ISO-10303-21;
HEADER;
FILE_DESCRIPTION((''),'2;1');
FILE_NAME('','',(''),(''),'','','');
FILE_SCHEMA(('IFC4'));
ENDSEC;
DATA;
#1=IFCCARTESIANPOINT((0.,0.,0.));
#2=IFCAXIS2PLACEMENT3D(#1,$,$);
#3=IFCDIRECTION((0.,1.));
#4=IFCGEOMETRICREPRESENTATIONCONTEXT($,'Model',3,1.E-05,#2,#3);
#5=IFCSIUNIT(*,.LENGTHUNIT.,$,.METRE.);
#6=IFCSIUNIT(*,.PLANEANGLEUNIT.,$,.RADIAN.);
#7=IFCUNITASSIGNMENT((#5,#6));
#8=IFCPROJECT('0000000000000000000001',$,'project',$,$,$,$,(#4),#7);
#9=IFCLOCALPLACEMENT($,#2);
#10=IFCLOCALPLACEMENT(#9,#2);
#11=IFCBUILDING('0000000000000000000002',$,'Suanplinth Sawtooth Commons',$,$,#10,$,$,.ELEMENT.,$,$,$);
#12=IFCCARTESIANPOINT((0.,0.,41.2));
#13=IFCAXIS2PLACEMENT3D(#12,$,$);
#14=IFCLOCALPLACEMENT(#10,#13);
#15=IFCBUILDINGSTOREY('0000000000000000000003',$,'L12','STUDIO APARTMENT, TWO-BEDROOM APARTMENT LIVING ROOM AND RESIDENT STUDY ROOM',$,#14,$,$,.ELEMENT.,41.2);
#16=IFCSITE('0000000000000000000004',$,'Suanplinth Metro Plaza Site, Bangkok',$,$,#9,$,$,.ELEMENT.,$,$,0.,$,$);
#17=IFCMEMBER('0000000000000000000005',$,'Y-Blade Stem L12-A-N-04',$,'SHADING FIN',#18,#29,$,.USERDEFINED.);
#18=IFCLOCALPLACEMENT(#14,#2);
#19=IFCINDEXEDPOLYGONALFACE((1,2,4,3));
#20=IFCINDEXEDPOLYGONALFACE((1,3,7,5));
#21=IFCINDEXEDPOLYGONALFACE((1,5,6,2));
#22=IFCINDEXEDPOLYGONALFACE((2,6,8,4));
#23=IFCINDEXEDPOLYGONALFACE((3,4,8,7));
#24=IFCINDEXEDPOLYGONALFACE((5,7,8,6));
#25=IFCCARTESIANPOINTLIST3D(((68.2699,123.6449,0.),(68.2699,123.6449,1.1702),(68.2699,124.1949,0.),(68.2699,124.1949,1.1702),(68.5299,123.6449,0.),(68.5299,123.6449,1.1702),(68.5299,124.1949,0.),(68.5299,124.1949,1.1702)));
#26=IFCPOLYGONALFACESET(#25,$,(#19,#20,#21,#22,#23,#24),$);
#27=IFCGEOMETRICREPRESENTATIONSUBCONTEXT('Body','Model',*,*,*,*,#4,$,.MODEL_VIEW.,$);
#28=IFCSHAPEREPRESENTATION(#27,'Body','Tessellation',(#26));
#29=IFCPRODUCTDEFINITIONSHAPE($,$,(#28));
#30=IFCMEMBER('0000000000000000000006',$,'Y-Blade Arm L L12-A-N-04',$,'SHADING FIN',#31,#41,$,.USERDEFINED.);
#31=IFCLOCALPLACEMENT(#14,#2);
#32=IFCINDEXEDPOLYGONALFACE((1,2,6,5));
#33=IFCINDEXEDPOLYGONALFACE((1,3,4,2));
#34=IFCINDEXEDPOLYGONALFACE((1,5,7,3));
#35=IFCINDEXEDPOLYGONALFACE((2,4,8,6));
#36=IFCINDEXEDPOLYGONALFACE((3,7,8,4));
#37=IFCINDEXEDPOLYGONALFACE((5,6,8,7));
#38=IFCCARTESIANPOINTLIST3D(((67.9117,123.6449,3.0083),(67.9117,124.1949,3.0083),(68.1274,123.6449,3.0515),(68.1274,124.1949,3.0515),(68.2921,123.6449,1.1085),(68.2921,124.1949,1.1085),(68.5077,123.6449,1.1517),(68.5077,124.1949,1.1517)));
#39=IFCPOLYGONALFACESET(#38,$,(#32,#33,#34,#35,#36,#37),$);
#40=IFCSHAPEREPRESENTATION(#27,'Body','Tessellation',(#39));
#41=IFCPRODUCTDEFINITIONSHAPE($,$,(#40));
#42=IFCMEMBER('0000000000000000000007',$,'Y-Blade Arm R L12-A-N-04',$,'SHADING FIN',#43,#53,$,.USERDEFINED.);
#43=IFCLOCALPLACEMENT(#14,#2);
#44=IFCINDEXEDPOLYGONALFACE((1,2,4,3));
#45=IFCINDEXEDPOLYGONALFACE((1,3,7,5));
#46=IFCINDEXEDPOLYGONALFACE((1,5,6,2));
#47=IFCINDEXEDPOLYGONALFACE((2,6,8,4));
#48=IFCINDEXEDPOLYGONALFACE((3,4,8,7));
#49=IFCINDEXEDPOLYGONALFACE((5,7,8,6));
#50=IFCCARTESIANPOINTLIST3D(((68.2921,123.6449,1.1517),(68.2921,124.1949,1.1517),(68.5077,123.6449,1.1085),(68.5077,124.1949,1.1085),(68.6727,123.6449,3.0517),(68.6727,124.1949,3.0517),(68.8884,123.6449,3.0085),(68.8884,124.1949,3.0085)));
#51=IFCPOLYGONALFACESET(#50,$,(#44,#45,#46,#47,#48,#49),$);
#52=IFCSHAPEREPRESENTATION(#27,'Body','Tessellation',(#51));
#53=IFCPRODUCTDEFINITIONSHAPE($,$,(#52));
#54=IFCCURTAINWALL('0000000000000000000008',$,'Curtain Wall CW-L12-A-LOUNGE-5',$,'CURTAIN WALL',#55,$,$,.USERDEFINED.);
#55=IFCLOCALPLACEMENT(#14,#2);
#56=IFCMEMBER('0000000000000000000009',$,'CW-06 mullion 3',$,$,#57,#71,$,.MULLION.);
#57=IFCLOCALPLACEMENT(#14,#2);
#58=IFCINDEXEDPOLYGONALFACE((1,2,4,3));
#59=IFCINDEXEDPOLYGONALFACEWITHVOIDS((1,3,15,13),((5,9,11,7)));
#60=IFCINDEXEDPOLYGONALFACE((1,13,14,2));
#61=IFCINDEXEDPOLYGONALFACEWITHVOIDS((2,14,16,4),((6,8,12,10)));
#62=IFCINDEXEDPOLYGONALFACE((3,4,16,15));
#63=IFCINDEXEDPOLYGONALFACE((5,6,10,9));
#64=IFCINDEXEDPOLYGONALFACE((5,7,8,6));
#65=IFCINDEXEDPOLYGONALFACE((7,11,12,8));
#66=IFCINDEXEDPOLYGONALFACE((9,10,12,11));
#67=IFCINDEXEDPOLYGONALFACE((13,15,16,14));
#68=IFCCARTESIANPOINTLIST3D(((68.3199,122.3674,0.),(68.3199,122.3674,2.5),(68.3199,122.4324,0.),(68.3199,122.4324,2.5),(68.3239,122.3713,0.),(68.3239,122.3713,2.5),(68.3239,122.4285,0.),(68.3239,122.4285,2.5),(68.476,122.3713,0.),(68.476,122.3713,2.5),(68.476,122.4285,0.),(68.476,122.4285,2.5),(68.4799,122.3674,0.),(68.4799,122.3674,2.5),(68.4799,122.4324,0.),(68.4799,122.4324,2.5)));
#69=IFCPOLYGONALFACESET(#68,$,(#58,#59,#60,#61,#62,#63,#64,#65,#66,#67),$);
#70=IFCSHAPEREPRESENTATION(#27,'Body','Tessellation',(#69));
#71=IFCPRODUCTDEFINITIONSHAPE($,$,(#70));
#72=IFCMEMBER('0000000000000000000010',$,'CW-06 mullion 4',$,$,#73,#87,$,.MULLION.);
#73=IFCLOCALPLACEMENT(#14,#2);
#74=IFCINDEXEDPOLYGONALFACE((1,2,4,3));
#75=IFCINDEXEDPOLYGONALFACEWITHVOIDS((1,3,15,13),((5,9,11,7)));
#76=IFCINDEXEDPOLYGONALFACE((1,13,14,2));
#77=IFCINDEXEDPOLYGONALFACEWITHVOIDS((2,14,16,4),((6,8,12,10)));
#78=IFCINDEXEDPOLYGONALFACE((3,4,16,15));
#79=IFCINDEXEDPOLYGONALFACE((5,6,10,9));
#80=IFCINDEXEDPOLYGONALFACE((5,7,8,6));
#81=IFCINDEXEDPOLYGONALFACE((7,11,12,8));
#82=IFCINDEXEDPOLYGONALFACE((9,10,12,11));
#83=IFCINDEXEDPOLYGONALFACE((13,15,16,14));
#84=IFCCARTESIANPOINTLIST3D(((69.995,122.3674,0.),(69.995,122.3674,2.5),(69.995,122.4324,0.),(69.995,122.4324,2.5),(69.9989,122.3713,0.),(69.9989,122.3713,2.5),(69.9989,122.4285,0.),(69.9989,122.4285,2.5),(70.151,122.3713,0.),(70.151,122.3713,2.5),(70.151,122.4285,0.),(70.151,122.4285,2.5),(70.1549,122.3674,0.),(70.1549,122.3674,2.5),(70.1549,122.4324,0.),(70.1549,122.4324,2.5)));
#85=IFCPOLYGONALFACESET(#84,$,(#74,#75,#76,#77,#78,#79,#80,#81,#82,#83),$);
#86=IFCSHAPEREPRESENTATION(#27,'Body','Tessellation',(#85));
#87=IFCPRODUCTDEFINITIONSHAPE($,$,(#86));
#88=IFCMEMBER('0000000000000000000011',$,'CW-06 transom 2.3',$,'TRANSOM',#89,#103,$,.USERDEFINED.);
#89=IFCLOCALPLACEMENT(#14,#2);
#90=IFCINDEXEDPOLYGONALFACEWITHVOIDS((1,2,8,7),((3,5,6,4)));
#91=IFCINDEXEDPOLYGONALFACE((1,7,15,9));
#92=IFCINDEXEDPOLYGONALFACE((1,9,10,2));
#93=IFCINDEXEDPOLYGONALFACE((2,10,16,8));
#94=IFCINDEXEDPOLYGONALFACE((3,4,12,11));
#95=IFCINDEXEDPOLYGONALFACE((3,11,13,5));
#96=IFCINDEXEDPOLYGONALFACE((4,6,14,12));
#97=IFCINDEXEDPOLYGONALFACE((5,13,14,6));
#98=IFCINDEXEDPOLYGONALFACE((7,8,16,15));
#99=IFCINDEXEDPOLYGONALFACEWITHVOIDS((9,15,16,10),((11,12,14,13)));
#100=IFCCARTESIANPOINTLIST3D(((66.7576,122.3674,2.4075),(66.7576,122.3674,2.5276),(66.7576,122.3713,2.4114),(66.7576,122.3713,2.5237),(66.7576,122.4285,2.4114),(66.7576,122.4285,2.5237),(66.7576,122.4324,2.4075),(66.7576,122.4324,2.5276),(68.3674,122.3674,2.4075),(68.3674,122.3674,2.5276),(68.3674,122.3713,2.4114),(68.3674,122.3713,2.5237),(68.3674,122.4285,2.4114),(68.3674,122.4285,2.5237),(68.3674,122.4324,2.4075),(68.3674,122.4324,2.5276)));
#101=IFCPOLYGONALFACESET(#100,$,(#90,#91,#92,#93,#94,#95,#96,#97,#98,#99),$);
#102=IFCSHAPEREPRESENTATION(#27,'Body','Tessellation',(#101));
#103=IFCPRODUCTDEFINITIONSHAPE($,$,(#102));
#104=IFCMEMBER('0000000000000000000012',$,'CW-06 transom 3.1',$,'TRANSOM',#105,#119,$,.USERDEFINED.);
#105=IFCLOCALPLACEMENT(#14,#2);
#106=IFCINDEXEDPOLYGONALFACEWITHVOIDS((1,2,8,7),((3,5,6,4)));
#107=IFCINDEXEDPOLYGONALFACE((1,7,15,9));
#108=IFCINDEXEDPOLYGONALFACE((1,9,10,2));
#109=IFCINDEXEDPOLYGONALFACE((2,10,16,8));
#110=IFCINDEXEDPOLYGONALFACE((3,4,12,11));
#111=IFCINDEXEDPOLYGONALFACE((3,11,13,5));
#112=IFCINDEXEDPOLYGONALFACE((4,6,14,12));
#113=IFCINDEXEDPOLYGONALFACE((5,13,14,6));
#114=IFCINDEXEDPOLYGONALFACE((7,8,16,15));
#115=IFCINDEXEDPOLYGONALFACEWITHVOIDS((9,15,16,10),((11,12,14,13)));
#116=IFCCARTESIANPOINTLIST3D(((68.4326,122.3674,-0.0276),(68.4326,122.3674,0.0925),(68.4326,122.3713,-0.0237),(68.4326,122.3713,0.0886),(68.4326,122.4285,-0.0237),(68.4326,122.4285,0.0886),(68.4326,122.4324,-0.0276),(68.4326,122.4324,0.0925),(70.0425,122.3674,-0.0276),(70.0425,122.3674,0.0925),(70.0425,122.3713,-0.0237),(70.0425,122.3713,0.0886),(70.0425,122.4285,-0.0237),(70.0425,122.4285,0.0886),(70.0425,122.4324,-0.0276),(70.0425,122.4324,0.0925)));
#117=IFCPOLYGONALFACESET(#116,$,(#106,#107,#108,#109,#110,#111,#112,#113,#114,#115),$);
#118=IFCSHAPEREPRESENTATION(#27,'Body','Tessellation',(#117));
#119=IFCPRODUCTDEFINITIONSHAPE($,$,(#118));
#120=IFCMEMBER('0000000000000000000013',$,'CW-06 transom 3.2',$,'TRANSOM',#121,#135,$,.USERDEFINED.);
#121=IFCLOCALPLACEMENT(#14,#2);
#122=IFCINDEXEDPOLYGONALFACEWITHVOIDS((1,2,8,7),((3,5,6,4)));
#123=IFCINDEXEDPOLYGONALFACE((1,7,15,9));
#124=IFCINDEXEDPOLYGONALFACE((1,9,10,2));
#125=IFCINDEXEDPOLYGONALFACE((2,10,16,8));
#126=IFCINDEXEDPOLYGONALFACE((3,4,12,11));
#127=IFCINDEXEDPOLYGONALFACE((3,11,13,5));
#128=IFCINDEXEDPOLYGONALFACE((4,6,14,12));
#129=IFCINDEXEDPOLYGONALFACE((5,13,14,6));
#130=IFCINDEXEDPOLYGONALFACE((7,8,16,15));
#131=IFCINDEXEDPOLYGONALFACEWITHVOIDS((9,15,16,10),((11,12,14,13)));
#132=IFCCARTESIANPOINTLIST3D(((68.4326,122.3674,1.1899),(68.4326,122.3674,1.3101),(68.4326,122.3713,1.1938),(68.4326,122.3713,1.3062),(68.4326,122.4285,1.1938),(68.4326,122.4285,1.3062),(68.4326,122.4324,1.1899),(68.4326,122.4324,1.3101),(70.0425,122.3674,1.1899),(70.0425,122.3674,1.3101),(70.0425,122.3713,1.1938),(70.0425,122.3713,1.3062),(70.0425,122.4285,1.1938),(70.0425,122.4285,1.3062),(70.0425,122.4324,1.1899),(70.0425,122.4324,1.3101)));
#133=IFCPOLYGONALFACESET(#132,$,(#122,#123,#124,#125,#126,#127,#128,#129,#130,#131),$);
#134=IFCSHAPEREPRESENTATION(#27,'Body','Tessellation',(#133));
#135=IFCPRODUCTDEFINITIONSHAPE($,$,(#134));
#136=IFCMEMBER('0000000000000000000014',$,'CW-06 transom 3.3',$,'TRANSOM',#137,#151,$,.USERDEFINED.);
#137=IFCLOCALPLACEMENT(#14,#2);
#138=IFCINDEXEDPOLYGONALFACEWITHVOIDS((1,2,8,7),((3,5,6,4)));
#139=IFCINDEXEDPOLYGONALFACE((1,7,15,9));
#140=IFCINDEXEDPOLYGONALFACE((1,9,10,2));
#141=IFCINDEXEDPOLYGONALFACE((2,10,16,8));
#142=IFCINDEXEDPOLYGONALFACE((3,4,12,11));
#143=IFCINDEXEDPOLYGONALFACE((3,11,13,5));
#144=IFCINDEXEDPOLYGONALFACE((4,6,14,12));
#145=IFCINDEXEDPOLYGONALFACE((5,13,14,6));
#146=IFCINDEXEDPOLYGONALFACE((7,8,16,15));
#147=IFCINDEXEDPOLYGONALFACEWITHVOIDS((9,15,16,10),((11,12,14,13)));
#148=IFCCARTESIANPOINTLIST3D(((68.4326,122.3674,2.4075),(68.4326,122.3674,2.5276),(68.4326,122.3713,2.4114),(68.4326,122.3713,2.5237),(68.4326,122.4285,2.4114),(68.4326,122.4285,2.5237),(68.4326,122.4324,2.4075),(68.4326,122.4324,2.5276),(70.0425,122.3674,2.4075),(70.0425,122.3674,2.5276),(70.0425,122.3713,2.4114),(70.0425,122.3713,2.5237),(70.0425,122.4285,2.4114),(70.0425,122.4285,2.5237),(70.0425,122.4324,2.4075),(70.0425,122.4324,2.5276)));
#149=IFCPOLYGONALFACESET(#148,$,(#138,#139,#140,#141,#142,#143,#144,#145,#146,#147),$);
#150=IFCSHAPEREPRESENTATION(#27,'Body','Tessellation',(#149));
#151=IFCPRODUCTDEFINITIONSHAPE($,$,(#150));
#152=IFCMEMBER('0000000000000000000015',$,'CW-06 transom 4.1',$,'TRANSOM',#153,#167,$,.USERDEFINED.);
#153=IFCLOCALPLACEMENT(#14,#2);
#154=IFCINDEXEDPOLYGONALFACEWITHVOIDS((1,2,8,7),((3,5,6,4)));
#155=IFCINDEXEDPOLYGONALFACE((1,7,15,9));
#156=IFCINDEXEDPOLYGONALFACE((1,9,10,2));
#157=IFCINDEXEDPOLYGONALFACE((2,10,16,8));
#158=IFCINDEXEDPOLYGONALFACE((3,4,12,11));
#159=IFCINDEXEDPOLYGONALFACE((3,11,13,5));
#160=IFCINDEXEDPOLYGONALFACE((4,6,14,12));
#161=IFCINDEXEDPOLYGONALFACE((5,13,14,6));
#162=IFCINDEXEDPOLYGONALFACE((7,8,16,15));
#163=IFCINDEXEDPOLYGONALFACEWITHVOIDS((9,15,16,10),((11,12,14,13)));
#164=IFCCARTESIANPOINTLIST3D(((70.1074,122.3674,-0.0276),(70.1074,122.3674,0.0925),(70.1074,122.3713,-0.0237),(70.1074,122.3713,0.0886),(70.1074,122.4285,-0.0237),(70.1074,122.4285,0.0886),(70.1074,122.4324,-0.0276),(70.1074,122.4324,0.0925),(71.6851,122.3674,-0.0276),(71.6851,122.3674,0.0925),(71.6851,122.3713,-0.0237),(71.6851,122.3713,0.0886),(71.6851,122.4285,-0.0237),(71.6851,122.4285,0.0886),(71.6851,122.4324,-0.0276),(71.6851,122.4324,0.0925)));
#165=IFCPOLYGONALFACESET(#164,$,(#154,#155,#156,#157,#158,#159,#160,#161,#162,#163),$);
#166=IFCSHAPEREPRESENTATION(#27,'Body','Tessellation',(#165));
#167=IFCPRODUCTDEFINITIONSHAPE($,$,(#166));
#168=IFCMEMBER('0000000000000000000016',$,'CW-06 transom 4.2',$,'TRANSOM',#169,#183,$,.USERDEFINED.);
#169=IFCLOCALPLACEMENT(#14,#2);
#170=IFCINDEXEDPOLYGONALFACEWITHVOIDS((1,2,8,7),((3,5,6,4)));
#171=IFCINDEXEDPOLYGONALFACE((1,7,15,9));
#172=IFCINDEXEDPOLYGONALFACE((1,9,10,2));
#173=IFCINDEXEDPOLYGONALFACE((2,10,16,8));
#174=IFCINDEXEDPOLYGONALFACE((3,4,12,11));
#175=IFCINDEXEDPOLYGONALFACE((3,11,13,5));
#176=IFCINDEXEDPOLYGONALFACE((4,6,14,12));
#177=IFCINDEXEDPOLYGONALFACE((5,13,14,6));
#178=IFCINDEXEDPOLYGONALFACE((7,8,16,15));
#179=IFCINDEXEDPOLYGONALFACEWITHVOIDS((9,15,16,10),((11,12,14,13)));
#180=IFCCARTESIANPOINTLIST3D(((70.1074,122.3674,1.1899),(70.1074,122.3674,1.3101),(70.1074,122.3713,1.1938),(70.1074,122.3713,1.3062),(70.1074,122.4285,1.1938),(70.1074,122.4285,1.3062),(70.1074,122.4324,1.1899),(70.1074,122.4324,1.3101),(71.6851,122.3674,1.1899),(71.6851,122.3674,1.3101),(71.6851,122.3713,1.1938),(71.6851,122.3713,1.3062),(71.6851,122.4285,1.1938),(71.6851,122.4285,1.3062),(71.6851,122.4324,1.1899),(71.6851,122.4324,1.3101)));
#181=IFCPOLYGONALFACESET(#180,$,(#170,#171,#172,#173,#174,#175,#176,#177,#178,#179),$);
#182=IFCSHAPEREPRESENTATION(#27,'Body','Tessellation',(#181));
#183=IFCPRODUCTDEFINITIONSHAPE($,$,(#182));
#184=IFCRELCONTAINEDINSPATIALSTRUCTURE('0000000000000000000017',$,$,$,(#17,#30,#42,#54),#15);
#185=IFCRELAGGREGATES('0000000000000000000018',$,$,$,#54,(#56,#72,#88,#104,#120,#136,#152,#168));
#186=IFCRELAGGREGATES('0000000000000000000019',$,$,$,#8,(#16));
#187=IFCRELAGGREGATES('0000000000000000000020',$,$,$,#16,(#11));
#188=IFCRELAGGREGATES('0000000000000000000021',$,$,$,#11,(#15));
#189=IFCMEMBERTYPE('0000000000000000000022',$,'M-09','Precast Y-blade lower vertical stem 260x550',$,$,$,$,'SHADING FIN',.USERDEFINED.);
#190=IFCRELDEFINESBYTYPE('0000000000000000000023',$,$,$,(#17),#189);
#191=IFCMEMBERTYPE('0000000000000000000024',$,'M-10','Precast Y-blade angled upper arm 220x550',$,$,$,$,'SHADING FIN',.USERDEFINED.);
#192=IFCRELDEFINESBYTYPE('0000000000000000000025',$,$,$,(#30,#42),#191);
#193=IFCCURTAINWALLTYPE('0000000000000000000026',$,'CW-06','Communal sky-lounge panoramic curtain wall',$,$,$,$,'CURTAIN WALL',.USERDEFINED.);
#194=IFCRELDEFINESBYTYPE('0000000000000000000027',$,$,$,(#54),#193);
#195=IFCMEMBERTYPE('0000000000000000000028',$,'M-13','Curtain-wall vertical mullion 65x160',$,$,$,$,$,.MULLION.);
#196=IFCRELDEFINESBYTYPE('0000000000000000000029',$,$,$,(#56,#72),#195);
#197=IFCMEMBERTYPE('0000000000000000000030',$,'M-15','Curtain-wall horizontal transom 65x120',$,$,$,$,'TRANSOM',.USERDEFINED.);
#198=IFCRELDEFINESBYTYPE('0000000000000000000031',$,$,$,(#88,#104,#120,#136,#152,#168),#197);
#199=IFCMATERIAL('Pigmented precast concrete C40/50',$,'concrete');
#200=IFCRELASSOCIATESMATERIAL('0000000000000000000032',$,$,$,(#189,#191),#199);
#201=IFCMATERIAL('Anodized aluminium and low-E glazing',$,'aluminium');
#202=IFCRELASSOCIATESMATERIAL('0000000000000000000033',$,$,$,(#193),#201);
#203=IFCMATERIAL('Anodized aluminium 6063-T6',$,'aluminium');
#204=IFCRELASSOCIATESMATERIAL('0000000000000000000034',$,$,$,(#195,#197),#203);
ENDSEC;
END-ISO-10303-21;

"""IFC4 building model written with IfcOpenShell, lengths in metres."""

from ifc_helpers import new_model, si_unit, direction, frame, origin, origin_2d, place, context, subcontext, project, spatial, rectangle, hollow_rectangle, extrude, material, material_profile, profile_set, type_object, element, aggregate, save


model = new_model("IFC4")

# Units and contexts
model_context = context("Model", 3, precision=1e-05, world=origin(), true_north=direction((0.0, 1.0)))
body_context = subcontext(model_context, "Body", "Model", "MODEL_VIEW")
ifc_project = project(units=[si_unit("LENGTHUNIT", "METRE"), si_unit("PLANEANGLEUNIT", "RADIAN")], contexts=[model_context])

# Site, building, storey
site_placement = place(None, origin())
site = spatial("IfcSite", under=ifc_project, at=site_placement, Name="Suanplinth Metro Plaza Site, Bangkok", CompositionType="ELEMENT", RefElevation=0.0)
building_placement = place(site_placement, origin())
building = spatial("IfcBuilding", under=site, at=building_placement, Name="Suanplinth Sawtooth Commons", CompositionType="ELEMENT")
storey_placement = place(building_placement, frame((0.0, 0.0, 41.2)))
storey = spatial("IfcBuildingStorey", under=building, at=storey_placement, Name="L12", Description="STUDIO APARTMENT, TWO-BEDROOM APARTMENT LIVING ROOM AND RESIDENT STUDY ROOM", CompositionType="ELEMENT", Elevation=41.2)

# Members
ifc_material_1 = material(Name="Pigmented precast concrete C40/50", Category="concrete")
ifc_material_profile_1 = material_profile(ifc_material_1, rectangle(XDim=0.26, YDim=0.55, at=origin_2d()), Name="PC-FIN 260x550")
ifc_profile_set_1 = profile_set([ifc_material_profile_1], Name="Pigmented precast concrete C40/50")
member_type_1 = type_object("IfcMemberType", Name="M-09", Description="Precast Y-blade lower vertical stem 260x550", ElementType="SHADING FIN", PredefinedType="USERDEFINED", material=ifc_profile_set_1)
member_1_placement = place(storey_placement, frame((68.3999, 123.9199, 0.0), z_axis=(0.0, 0.0, 1.0), x_axis=(1.0, 0.0, 0.0)))
element("IfcMember", 1, at=member_1_placement, inside=storey, type_object=member_type_1, Name="Y-Blade Stem L12-A-N-04", ObjectType="SHADING FIN", PredefinedType="USERDEFINED", context=body_context, shape_type="SweptSolid", body=[
    extrude(rectangle(XDim=0.26, YDim=0.55, at=origin_2d()), origin(), (0.0, 0.0, 1.0), 1.1702),
])
ifc_material_profile_2 = material_profile(ifc_material_1, rectangle(XDim=0.22, YDim=0.55, at=origin_2d()), Name="PC-FIN 220x550")
ifc_profile_set_2 = profile_set([ifc_material_profile_2], Name="Pigmented precast concrete C40/50")
member_type_2 = type_object("IfcMemberType", Name="M-10", Description="Precast Y-blade angled upper arm 220x550", ElementType="SHADING FIN", PredefinedType="USERDEFINED", material=ifc_profile_set_2)
member_2_placement = place(storey_placement, frame((68.3999, 123.9199, 1.1301), z_axis=(-0.19631, 0.0, 0.980542), x_axis=(0.980542, 0.0, 0.19631)))
element("IfcMember", 2, at=member_2_placement, inside=storey, type_object=member_type_2, Name="Y-Blade Arm L L12-A-N-04", ObjectType="SHADING FIN", PredefinedType="USERDEFINED", context=body_context, shape_type="SweptSolid", body=[
    extrude(rectangle(XDim=0.22, YDim=0.55, at=origin_2d()), origin(), (0.0, 0.0, 1.0), 1.9375),
])
member_3_placement = place(storey_placement, frame((68.3999, 123.9199, 1.1301), z_axis=(0.196431, 0.0, 0.980518), x_axis=(-0.980518, 0.0, 0.196431)))
element("IfcMember", 3, at=member_3_placement, inside=storey, type_object=member_type_2, Name="Y-Blade Arm R L12-A-N-04", ObjectType="SHADING FIN", PredefinedType="USERDEFINED", context=body_context, shape_type="SweptSolid", body=[
    extrude(rectangle(XDim=0.22, YDim=0.55, at=origin_2d()), origin(), (0.0, 0.0, 1.0), 1.9377),
])

# Curtain wall, members
ifc_material_2 = material(Name="Anodized aluminium and low-E glazing", Category="aluminium")
curtain_wall_type = type_object("IfcCurtainWallType", Name="CW-06", Description="Communal sky-lounge panoramic curtain wall", ElementType="CURTAIN WALL", PredefinedType="USERDEFINED", material=ifc_material_2)
curtain_wall_placement = place(storey_placement, origin())
curtain_wall = element("IfcCurtainWall", 4, at=curtain_wall_placement, inside=storey, type_object=curtain_wall_type, Name="Curtain Wall CW-L12-A-LOUNGE-5", ObjectType="CURTAIN WALL", PredefinedType="USERDEFINED")
ifc_material_3 = material(Name="Anodized aluminium 6063-T6", Category="aluminium")
ifc_material_profile_3 = material_profile(ifc_material_3, hollow_rectangle(XDim=0.0649, YDim=0.1599, WallThickness=0.0039, at=origin_2d()), Name="ALU-MUL 65x160")
ifc_profile_set_3 = profile_set([ifc_material_profile_3], Name="Anodized aluminium 6063-T6")
member_type_3 = type_object("IfcMemberType", Name="M-13", Description="Curtain-wall vertical mullion 65x160", PredefinedType="MULLION", material=ifc_profile_set_3)
member_4_placement = place(storey_placement, frame((68.3999, 122.3999, 0.0), z_axis=(0.0, 0.0, 1.0), x_axis=(0.0, 1.0, 0.0)))
member_4 = element("IfcMember", 5, at=member_4_placement, type_object=member_type_3, Name="CW-06 mullion 3", PredefinedType="MULLION", context=body_context, shape_type="SweptSolid", body=[
    extrude(hollow_rectangle(XDim=0.0649, YDim=0.1599, WallThickness=0.0039, at=origin_2d()), origin(), (0.0, 0.0, 1.0), 2.5),
])
member_5_placement = place(storey_placement, frame((70.075, 122.3999, 0.0), z_axis=(0.0, 0.0, 1.0), x_axis=(0.0, 1.0, 0.0)))
member_5 = element("IfcMember", 6, at=member_5_placement, type_object=member_type_3, Name="CW-06 mullion 4", PredefinedType="MULLION", context=body_context, shape_type="SweptSolid", body=[
    extrude(hollow_rectangle(XDim=0.0649, YDim=0.1599, WallThickness=0.0039, at=origin_2d()), origin(), (0.0, 0.0, 1.0), 2.5),
])
ifc_material_profile_4 = material_profile(ifc_material_3, hollow_rectangle(XDim=0.0649, YDim=0.1201, WallThickness=0.0039, at=origin_2d()), Name="ALU-TRN 65x120")
ifc_profile_set_4 = profile_set([ifc_material_profile_4], Name="Anodized aluminium 6063-T6")
member_type_4 = type_object("IfcMemberType", Name="M-15", Description="Curtain-wall horizontal transom 65x120", ElementType="TRANSOM", PredefinedType="USERDEFINED", material=ifc_profile_set_4)
member_6_placement = place(storey_placement, frame((66.7576, 122.3999, 2.4675), z_axis=(1.0, 0.0, 0.0), x_axis=(0.0, 1.0, 0.0)))
member_6 = element("IfcMember", 7, at=member_6_placement, type_object=member_type_4, Name="CW-06 transom 2.3", ObjectType="TRANSOM", PredefinedType="USERDEFINED", context=body_context, shape_type="SweptSolid", body=[
    extrude(hollow_rectangle(XDim=0.0649, YDim=0.1201, WallThickness=0.0039, at=origin_2d()), origin(), (0.0, 0.0, 1.0), 1.6099),
])
member_7_placement = place(storey_placement, frame((68.4326, 122.3999, 0.0325), z_axis=(1.0, 0.0, 0.0), x_axis=(0.0, 1.0, 0.0)))
member_7 = element("IfcMember", 8, at=member_7_placement, type_object=member_type_4, Name="CW-06 transom 3.1", ObjectType="TRANSOM", PredefinedType="USERDEFINED", context=body_context, shape_type="SweptSolid", body=[
    extrude(hollow_rectangle(XDim=0.0649, YDim=0.1201, WallThickness=0.0039, at=origin_2d()), origin(), (0.0, 0.0, 1.0), 1.6099),
])
member_8_placement = place(storey_placement, frame((68.4326, 122.3999, 1.25), z_axis=(1.0, 0.0, 0.0), x_axis=(0.0, 1.0, 0.0)))
member_8 = element("IfcMember", 9, at=member_8_placement, type_object=member_type_4, Name="CW-06 transom 3.2", ObjectType="TRANSOM", PredefinedType="USERDEFINED", context=body_context, shape_type="SweptSolid", body=[
    extrude(hollow_rectangle(XDim=0.0649, YDim=0.1201, WallThickness=0.0039, at=origin_2d()), origin(), (0.0, 0.0, 1.0), 1.6099),
])
member_9_placement = place(storey_placement, frame((68.4326, 122.3999, 2.4675), z_axis=(1.0, 0.0, 0.0), x_axis=(0.0, 1.0, 0.0)))
member_9 = element("IfcMember", 10, at=member_9_placement, type_object=member_type_4, Name="CW-06 transom 3.3", ObjectType="TRANSOM", PredefinedType="USERDEFINED", context=body_context, shape_type="SweptSolid", body=[
    extrude(hollow_rectangle(XDim=0.0649, YDim=0.1201, WallThickness=0.0039, at=origin_2d()), origin(), (0.0, 0.0, 1.0), 1.6099),
])
member_10_placement = place(storey_placement, frame((70.1074, 122.3999, 0.0325), z_axis=(1.0, 0.0, 0.0), x_axis=(0.0, 1.0, 0.0)))
member_10 = element("IfcMember", 11, at=member_10_placement, type_object=member_type_4, Name="CW-06 transom 4.1", ObjectType="TRANSOM", PredefinedType="USERDEFINED", context=body_context, shape_type="SweptSolid", body=[
    extrude(hollow_rectangle(XDim=0.0649, YDim=0.1201, WallThickness=0.0039, at=origin_2d()), origin(), (0.0, 0.0, 1.0), 1.5776),
])
member_11_placement = place(storey_placement, frame((70.1074, 122.3999, 1.25), z_axis=(1.0, 0.0, 0.0), x_axis=(0.0, 1.0, 0.0)))
member_11 = element("IfcMember", 12, at=member_11_placement, type_object=member_type_4, Name="CW-06 transom 4.2", ObjectType="TRANSOM", PredefinedType="USERDEFINED", context=body_context, shape_type="SweptSolid", body=[
    extrude(hollow_rectangle(XDim=0.0649, YDim=0.1201, WallThickness=0.0039, at=origin_2d()), origin(), (0.0, 0.0, 1.0), 1.5776),
])

aggregate(curtain_wall, [member_4, member_5, member_6, member_7, member_8, member_9, member_10, member_11])

save(model, "model.ifc")
